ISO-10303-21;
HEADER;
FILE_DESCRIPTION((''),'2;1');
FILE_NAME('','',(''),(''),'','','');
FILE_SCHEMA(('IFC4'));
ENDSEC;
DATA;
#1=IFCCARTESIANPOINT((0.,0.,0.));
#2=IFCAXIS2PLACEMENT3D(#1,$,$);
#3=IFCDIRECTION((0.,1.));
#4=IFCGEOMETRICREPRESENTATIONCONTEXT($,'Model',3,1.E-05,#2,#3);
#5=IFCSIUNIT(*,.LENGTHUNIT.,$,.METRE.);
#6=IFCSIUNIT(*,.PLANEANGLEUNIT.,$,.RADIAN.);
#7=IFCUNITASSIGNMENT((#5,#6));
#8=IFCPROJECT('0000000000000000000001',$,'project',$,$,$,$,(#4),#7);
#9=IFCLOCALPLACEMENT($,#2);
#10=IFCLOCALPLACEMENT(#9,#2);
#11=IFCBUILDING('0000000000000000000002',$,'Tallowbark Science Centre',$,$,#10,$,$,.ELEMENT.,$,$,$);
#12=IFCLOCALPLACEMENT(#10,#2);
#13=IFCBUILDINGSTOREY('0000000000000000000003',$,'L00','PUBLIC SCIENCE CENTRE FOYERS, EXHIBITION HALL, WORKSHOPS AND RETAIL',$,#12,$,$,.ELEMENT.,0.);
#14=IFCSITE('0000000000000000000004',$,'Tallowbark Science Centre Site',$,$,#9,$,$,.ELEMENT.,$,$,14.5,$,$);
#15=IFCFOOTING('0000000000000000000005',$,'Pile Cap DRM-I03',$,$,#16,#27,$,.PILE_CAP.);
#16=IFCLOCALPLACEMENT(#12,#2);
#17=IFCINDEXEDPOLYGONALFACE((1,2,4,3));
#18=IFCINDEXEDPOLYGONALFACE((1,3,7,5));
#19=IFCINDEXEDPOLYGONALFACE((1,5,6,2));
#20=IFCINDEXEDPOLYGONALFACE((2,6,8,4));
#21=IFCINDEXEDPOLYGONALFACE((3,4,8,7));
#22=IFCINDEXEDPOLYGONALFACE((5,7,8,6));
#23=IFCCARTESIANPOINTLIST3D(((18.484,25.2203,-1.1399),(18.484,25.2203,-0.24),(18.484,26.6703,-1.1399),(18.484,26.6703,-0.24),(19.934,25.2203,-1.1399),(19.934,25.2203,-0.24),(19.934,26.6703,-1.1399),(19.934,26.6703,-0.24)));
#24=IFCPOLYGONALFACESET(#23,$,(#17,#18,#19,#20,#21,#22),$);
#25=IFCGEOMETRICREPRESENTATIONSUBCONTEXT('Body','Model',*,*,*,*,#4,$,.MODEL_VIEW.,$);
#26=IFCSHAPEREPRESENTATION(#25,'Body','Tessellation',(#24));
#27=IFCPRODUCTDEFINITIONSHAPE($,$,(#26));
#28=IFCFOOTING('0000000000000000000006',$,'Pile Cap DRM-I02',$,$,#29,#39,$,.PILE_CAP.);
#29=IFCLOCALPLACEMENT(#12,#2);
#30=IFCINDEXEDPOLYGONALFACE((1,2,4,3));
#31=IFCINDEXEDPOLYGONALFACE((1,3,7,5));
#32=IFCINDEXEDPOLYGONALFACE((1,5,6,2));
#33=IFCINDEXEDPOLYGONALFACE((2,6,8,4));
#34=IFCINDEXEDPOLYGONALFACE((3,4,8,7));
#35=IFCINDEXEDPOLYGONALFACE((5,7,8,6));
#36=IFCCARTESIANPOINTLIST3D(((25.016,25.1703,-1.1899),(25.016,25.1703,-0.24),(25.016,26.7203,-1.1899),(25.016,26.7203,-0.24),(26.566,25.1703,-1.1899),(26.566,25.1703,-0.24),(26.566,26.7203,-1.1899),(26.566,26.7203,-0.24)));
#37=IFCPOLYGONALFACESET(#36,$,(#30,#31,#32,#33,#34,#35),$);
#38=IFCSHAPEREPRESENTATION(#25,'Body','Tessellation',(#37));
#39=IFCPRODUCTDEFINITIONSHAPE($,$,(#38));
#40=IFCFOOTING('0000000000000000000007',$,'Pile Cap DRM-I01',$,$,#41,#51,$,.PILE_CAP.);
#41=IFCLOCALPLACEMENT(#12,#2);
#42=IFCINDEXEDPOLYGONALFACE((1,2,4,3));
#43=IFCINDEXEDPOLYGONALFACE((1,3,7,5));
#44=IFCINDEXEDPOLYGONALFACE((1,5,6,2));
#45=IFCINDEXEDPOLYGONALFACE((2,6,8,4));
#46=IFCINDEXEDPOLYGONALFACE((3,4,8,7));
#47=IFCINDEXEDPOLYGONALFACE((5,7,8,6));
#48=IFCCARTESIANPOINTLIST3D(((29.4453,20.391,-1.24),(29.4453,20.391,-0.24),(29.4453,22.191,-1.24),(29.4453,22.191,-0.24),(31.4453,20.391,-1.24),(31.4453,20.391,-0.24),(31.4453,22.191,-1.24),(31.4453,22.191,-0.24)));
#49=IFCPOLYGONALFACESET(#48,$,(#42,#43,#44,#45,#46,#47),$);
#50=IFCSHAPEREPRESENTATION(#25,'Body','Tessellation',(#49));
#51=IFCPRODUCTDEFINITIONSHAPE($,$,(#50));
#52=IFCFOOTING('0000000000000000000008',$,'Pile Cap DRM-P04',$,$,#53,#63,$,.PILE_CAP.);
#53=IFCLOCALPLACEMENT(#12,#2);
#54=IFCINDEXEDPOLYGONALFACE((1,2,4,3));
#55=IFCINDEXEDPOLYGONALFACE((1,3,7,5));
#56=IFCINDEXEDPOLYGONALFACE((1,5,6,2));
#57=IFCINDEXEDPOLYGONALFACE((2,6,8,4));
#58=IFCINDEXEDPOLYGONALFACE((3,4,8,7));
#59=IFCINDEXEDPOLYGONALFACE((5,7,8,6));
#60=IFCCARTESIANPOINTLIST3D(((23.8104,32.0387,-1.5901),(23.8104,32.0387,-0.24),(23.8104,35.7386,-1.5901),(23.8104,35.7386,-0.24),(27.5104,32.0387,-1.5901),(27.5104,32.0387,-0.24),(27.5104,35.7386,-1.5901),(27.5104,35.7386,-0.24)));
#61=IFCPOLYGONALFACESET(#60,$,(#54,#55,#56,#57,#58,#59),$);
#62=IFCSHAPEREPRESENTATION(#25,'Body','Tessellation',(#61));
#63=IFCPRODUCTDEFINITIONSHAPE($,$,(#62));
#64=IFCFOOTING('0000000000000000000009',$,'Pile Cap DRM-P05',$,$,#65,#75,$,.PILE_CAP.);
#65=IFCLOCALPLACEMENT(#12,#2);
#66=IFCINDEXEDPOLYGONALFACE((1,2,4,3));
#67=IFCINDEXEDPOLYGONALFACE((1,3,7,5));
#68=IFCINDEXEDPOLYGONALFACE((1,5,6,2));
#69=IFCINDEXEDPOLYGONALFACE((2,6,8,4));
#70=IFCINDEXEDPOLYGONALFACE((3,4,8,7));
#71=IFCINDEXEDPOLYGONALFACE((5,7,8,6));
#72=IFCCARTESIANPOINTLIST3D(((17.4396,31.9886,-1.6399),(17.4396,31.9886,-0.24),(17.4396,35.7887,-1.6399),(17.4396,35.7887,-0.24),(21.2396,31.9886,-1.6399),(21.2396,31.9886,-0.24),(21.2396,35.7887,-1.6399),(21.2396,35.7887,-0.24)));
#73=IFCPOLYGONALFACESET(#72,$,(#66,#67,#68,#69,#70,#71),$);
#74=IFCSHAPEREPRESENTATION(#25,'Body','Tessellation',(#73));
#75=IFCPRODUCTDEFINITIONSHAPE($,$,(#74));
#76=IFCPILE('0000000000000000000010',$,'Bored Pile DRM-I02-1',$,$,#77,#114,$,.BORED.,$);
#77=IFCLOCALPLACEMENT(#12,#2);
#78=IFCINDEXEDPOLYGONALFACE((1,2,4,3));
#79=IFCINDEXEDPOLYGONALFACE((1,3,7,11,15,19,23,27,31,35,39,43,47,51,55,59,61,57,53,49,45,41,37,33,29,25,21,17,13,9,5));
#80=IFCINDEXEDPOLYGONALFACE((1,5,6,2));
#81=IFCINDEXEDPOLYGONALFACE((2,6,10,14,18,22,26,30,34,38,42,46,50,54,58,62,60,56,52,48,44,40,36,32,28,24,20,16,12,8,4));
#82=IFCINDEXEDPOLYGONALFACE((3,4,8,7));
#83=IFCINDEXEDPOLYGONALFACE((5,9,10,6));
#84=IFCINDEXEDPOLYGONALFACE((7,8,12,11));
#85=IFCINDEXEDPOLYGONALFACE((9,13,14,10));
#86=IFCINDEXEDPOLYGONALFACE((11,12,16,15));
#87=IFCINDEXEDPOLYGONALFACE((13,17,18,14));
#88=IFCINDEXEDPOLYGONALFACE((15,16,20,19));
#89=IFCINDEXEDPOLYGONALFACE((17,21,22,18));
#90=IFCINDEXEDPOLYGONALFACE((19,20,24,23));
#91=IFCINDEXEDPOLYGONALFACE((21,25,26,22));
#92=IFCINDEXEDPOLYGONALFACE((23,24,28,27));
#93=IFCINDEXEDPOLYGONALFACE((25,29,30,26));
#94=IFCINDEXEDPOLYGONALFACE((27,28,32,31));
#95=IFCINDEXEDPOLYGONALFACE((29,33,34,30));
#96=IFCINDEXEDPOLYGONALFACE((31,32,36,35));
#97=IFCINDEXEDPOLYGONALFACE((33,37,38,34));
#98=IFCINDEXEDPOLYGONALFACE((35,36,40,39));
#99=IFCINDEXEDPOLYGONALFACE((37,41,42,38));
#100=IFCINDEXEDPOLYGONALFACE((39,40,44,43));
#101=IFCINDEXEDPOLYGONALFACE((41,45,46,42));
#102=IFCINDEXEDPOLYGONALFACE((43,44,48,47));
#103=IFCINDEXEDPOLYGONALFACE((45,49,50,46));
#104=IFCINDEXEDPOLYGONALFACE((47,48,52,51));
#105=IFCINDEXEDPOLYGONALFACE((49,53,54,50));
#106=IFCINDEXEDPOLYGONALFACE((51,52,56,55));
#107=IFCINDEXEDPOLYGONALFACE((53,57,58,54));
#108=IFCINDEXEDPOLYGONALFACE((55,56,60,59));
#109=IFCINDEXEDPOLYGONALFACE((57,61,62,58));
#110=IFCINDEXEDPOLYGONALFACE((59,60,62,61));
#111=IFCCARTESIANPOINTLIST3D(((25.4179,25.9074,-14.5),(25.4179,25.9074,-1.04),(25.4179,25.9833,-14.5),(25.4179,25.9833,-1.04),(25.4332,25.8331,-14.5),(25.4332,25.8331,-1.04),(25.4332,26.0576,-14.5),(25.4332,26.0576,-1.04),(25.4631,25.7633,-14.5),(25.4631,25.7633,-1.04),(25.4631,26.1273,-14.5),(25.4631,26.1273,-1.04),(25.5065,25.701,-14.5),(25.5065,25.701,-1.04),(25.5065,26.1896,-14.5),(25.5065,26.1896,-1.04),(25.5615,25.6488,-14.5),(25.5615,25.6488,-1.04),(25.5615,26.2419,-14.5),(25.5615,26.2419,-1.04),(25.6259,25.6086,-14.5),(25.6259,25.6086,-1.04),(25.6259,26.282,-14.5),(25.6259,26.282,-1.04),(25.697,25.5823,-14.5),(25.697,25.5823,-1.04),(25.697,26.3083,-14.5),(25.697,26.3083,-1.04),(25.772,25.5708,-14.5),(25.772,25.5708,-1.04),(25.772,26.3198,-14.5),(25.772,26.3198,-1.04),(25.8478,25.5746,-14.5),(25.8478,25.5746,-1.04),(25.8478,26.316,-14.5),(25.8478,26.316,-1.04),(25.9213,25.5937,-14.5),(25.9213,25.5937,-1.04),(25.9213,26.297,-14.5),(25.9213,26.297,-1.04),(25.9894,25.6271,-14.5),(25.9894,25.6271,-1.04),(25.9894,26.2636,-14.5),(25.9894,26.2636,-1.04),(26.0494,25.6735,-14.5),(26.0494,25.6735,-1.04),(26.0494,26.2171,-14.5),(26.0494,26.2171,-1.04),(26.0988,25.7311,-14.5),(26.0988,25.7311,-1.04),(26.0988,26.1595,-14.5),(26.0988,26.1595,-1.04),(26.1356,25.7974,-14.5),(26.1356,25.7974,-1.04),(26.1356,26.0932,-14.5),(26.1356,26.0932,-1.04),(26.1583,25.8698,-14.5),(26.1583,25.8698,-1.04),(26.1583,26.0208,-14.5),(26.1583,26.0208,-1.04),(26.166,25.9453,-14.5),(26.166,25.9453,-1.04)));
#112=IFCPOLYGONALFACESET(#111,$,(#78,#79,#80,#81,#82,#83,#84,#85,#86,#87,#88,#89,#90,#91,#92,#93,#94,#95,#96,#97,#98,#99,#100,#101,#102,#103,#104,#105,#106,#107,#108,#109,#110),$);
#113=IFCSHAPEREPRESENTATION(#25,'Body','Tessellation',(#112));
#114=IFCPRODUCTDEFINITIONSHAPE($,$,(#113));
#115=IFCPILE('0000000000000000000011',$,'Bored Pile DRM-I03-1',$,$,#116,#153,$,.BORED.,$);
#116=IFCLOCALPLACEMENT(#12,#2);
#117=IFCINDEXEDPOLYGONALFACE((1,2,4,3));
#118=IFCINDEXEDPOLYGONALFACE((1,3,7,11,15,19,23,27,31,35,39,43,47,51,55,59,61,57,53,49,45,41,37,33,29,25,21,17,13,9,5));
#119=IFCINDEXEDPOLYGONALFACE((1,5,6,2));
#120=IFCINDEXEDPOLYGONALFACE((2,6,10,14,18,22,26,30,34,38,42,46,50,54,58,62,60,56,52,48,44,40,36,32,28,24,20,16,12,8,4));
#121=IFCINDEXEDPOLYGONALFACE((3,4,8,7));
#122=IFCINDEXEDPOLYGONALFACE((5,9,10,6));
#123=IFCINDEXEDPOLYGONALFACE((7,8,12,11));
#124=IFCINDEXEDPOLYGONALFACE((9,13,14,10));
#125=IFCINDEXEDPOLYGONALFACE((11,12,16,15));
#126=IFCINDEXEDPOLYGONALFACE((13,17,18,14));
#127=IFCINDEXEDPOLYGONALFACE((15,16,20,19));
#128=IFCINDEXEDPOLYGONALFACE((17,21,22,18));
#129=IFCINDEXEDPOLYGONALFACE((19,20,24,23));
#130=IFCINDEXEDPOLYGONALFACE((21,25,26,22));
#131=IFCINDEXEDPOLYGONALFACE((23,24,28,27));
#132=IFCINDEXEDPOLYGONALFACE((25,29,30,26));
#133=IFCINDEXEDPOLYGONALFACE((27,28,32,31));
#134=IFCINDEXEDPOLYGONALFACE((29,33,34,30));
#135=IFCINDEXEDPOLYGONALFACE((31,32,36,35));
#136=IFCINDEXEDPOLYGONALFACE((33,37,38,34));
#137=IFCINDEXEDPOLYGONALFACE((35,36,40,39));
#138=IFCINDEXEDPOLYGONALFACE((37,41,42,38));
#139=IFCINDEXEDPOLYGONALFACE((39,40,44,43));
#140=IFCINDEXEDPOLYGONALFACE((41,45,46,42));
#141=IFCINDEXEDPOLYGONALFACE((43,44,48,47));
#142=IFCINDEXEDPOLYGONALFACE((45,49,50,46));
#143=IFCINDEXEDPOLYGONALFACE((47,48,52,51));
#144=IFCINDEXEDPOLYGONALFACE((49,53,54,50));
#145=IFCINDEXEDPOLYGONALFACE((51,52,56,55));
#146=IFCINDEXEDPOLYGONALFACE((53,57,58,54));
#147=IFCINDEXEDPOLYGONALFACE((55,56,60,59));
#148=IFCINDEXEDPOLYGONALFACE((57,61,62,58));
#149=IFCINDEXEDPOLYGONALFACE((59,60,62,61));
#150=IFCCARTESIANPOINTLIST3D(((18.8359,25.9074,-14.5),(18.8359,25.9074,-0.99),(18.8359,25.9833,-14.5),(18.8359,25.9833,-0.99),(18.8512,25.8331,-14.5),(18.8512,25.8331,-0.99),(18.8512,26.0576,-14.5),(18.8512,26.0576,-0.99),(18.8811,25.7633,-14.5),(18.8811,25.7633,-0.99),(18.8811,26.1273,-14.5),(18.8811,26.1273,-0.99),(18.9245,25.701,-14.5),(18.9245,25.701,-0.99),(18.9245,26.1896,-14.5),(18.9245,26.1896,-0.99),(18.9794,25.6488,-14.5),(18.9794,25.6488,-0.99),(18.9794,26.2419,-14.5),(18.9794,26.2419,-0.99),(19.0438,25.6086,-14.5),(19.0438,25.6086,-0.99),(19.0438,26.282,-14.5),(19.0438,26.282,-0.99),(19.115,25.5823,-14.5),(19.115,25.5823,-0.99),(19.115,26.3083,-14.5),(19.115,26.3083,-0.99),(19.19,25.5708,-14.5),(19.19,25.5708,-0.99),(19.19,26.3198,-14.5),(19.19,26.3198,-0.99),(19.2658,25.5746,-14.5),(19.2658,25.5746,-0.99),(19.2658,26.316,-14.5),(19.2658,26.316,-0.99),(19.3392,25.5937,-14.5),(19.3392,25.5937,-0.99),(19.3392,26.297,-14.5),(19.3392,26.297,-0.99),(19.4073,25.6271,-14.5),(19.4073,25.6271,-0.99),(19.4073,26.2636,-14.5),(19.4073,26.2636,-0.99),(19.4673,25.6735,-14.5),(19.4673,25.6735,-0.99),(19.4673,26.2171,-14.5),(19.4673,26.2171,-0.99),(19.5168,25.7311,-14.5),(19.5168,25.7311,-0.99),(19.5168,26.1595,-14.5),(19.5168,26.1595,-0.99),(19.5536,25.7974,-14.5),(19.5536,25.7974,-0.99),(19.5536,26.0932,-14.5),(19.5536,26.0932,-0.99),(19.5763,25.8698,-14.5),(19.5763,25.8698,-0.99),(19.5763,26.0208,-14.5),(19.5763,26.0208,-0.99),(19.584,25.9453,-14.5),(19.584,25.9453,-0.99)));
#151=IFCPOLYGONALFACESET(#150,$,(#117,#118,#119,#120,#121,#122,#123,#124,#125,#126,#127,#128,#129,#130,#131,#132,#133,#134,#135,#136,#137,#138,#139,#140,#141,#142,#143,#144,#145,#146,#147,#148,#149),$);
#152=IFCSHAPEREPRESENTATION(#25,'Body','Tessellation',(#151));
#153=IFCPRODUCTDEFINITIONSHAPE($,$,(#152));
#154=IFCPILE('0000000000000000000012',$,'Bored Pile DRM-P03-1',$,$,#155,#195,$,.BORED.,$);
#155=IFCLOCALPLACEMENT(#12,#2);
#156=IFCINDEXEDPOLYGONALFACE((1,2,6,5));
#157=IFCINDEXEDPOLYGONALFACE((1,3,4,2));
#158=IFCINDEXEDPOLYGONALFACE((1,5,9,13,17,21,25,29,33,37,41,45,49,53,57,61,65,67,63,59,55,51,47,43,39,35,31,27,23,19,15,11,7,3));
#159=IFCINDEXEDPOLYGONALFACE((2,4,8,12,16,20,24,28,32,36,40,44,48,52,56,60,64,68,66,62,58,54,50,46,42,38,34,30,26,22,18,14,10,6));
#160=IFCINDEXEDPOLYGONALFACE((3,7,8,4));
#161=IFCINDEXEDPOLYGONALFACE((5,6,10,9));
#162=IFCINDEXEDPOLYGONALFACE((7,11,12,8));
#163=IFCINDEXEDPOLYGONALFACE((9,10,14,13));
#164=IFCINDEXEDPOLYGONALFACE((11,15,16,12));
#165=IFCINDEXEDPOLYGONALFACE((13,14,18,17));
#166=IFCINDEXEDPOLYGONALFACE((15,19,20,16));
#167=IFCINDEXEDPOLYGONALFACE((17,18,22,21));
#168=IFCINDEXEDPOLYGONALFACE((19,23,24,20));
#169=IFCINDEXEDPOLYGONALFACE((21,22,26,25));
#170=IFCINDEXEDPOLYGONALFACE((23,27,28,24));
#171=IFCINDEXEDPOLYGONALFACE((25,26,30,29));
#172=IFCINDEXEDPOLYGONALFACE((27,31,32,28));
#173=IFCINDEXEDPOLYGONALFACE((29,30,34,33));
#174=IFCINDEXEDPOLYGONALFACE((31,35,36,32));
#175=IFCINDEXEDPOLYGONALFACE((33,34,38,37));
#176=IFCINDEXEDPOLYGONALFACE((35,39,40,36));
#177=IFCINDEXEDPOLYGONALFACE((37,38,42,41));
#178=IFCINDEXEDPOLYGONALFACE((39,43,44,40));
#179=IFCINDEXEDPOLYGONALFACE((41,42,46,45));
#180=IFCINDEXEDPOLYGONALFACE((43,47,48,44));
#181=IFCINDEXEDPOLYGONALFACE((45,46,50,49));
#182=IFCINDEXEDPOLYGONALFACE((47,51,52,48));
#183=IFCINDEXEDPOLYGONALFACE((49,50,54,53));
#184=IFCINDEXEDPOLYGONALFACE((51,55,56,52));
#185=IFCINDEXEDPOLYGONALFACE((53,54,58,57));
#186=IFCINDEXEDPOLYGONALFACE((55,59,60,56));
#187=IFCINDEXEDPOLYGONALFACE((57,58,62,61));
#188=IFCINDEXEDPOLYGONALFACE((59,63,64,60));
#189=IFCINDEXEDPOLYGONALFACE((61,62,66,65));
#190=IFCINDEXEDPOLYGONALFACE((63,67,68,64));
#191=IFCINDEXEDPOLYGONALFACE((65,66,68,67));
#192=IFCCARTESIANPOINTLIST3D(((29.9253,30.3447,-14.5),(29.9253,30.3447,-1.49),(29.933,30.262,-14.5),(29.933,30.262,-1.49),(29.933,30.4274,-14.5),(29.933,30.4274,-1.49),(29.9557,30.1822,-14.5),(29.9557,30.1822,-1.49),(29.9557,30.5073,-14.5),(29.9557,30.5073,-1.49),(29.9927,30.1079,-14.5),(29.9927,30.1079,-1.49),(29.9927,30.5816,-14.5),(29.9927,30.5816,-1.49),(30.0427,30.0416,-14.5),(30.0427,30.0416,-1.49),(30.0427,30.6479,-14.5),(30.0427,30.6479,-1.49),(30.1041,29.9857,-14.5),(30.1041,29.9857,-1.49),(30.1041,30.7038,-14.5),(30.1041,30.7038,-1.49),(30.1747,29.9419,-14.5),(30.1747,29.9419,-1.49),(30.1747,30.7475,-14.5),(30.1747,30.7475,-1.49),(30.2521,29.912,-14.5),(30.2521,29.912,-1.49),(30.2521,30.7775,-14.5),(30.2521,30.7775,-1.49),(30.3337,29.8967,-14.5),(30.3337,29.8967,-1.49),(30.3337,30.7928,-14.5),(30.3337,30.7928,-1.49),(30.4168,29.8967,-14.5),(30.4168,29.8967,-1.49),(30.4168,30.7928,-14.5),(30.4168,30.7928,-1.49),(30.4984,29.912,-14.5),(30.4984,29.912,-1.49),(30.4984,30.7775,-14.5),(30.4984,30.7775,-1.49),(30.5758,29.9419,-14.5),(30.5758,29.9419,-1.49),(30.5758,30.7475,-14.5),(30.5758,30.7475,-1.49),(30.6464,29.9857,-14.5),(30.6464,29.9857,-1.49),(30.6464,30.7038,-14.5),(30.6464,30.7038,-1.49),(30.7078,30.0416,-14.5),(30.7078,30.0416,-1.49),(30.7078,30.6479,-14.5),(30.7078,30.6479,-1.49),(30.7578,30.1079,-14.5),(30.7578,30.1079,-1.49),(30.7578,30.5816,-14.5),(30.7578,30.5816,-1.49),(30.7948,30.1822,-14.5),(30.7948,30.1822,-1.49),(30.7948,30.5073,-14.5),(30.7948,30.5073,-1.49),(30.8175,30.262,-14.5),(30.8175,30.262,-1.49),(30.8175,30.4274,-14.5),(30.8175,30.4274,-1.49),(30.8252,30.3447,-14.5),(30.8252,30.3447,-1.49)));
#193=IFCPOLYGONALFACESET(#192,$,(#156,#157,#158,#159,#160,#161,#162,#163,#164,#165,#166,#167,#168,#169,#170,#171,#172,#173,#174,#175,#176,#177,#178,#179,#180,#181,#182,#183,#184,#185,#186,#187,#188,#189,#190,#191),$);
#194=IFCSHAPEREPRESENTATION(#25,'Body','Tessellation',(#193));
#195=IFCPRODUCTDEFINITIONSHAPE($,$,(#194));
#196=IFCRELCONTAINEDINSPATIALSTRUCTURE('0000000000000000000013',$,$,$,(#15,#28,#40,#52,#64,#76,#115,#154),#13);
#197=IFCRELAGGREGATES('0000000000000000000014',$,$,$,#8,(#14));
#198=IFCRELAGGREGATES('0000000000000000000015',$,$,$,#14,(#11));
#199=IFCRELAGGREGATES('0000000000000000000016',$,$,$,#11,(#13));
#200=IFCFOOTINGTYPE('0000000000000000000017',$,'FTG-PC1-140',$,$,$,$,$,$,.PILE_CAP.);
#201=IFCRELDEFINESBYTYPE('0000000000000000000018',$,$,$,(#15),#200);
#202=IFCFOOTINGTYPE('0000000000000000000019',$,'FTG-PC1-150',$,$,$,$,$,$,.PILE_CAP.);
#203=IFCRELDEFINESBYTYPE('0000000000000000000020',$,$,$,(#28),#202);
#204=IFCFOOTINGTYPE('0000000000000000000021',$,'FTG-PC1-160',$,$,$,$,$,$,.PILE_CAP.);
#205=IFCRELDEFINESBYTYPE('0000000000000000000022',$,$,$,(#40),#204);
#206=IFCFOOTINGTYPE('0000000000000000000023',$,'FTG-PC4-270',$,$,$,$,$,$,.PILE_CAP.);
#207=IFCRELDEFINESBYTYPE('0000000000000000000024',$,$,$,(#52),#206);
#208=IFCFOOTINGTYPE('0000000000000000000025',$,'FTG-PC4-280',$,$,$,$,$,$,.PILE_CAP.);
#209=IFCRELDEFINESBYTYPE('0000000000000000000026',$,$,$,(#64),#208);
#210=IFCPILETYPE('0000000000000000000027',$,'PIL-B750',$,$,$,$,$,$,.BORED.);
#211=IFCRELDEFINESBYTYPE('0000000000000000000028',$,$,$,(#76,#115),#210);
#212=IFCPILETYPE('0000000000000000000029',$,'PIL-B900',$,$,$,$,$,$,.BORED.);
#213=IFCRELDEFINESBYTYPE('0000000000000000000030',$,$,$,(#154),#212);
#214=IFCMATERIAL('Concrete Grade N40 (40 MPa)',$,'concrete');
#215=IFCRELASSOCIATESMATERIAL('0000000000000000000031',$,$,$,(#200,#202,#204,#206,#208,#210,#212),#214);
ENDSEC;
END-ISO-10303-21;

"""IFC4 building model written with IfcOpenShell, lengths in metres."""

from ifc_helpers import new_model, si_unit, direction, frame, origin, origin_2d, place, context, subcontext, project, spatial, rectangle, circle, extrude, material, material_profile, profile_set, type_object, element, save


model = new_model("IFC4")

# Units and contexts
model_context = context("Model", 3, precision=1e-05, world=origin(), true_north=direction((0.0, 1.0)))
body_context = subcontext(model_context, "Body", "Model", "MODEL_VIEW")
ifc_project = project(units=[si_unit("LENGTHUNIT", "METRE"), si_unit("PLANEANGLEUNIT", "RADIAN")], contexts=[model_context])

# Site, building, storey
site_placement = place(None, origin())
site = spatial("IfcSite", under=ifc_project, at=site_placement, Name="Tallowbark Science Centre Site", CompositionType="ELEMENT", RefElevation=14.5)
building_placement = place(site_placement, origin())
building = spatial("IfcBuilding", under=site, at=building_placement, Name="Tallowbark Science Centre", CompositionType="ELEMENT")
storey_placement = place(building_placement, origin())
storey = spatial("IfcBuildingStorey", under=building, at=storey_placement, Name="L00", Description="PUBLIC SCIENCE CENTRE FOYERS, EXHIBITION HALL, WORKSHOPS AND RETAIL", CompositionType="ELEMENT", Elevation=0.0)

# Footings
ifc_material_1 = material(Name="Concrete Grade N40 (40 MPa)", Category="concrete")
footing_type_1 = type_object("IfcFootingType", Name="FTG-PC1-140", PredefinedType="PILE_CAP", material=ifc_material_1)
footing_1_placement = place(storey_placement, frame((19.209, 25.9453, -1.1399), z_axis=(0.0, 0.0, 1.0), x_axis=(1.0, 0.0, 0.0)))
element("IfcFooting", 1, at=footing_1_placement, inside=storey, type_object=footing_type_1, Name="Pile Cap DRM-I03", PredefinedType="PILE_CAP", context=body_context, shape_type="SweptSolid", body=[
    extrude(rectangle(XDim=1.45, YDim=1.45, at=origin_2d()), origin(), (0.0, 0.0, 1.0), 0.8999),
])
footing_type_2 = type_object("IfcFootingType", Name="FTG-PC1-150", PredefinedType="PILE_CAP", material=ifc_material_1)
footing_2_placement = place(storey_placement, frame((25.791, 25.9453, -1.1899), z_axis=(0.0, 0.0, 1.0), x_axis=(1.0, 0.0, 0.0)))
element("IfcFooting", 2, at=footing_2_placement, inside=storey, type_object=footing_type_2, Name="Pile Cap DRM-I02", PredefinedType="PILE_CAP", context=body_context, shape_type="SweptSolid", body=[
    extrude(rectangle(XDim=1.55, YDim=1.55, at=origin_2d()), origin(), (0.0, 0.0, 1.0), 0.95),
])
footing_type_3 = type_object("IfcFootingType", Name="FTG-PC1-160", PredefinedType="PILE_CAP", material=ifc_material_1)
footing_3_placement = place(storey_placement, frame((30.4453, 21.291, -1.24), z_axis=(0.0, 0.0, 1.0), x_axis=(1.0, 0.0, 0.0)))
element("IfcFooting", 3, at=footing_3_placement, inside=storey, type_object=footing_type_3, Name="Pile Cap DRM-I01", PredefinedType="PILE_CAP", context=body_context, shape_type="SweptSolid", body=[
    extrude(rectangle(XDim=2.0, YDim=1.8, at=origin_2d()), origin(), (0.0, 0.0, 1.0), 1.0),
])
footing_type_4 = type_object("IfcFootingType", Name="FTG-PC4-270", PredefinedType="PILE_CAP", material=ifc_material_1)
footing_4_placement = place(storey_placement, frame((25.6604, 33.8887, -1.5901), z_axis=(0.0, 0.0, 1.0), x_axis=(1.0, 0.0, 0.0)))
element("IfcFooting", 4, at=footing_4_placement, inside=storey, type_object=footing_type_4, Name="Pile Cap DRM-P04", PredefinedType="PILE_CAP", context=body_context, shape_type="SweptSolid", body=[
    extrude(rectangle(XDim=3.7, YDim=3.7, at=origin_2d()), origin(), (0.0, 0.0, 1.0), 1.3501),
])
footing_type_5 = type_object("IfcFootingType", Name="FTG-PC4-280", PredefinedType="PILE_CAP", material=ifc_material_1)
footing_5_placement = place(storey_placement, frame((19.3396, 33.8887, -1.6399), z_axis=(0.0, 0.0, 1.0), x_axis=(1.0, 0.0, 0.0)))
element("IfcFooting", 5, at=footing_5_placement, inside=storey, type_object=footing_type_5, Name="Pile Cap DRM-P05", PredefinedType="PILE_CAP", context=body_context, shape_type="SweptSolid", body=[
    extrude(rectangle(XDim=3.8, YDim=3.8, at=origin_2d()), origin(), (0.0, 0.0, 1.0), 1.3999),
])

# Piles
ifc_material_profile_1 = material_profile(ifc_material_1, circle(Radius=0.375, at=origin_2d()), Name="PILE750")
ifc_profile_set_1 = profile_set([ifc_material_profile_1], Name="Concrete Grade N40 (40 MPa)")
pile_type_1 = type_object("IfcPileType", Name="PIL-B750", PredefinedType="BORED", material=ifc_profile_set_1)
pile_1_placement = place(storey_placement, frame((25.791, 25.9453, -1.04), z_axis=(0.0, 0.0, -1.0), x_axis=(1.0, 0.0, 0.0)))
element("IfcPile", 6, at=pile_1_placement, inside=storey, type_object=pile_type_1, Name="Bored Pile DRM-I02-1", PredefinedType="BORED", context=body_context, shape_type="SweptSolid", body=[
    extrude(circle(Radius=0.375, at=origin_2d()), origin(), (0.0, 0.0, 1.0), 13.46),
])
pile_2_placement = place(storey_placement, frame((19.209, 25.9453, -0.99), z_axis=(0.0, 0.0, -1.0), x_axis=(1.0, 0.0, 0.0)))
element("IfcPile", 7, at=pile_2_placement, inside=storey, type_object=pile_type_1, Name="Bored Pile DRM-I03-1", PredefinedType="BORED", context=body_context, shape_type="SweptSolid", body=[
    extrude(circle(Radius=0.375, at=origin_2d()), origin(), (0.0, 0.0, 1.0), 13.51),
])
ifc_material_profile_2 = material_profile(ifc_material_1, circle(Radius=0.45, at=origin_2d()), Name="PILE900")
ifc_profile_set_2 = profile_set([ifc_material_profile_2], Name="Concrete Grade N40 (40 MPa)")
pile_type_2 = type_object("IfcPileType", Name="PIL-B900", PredefinedType="BORED", material=ifc_profile_set_2)
for number, where, z_axis, x_axis, name in (
    (8, (30.3752, 30.3447, -1.49), (0.0, 0.0, -1.0), (1.0, 0.0, 0.0), "Bored Pile DRM-P03-1"),
):
    element("IfcPile", number, at=place(storey_placement, frame(where, z_axis=z_axis, x_axis=x_axis)), inside=storey, type_object=pile_type_2, Name=name, PredefinedType="BORED", context=body_context, shape_type="SweptSolid", body=[
        extrude(circle(Radius=0.45, at=origin_2d()), origin(), (0.0, 0.0, 1.0), 13.01),
    ])

save(model, "model.ifc")
